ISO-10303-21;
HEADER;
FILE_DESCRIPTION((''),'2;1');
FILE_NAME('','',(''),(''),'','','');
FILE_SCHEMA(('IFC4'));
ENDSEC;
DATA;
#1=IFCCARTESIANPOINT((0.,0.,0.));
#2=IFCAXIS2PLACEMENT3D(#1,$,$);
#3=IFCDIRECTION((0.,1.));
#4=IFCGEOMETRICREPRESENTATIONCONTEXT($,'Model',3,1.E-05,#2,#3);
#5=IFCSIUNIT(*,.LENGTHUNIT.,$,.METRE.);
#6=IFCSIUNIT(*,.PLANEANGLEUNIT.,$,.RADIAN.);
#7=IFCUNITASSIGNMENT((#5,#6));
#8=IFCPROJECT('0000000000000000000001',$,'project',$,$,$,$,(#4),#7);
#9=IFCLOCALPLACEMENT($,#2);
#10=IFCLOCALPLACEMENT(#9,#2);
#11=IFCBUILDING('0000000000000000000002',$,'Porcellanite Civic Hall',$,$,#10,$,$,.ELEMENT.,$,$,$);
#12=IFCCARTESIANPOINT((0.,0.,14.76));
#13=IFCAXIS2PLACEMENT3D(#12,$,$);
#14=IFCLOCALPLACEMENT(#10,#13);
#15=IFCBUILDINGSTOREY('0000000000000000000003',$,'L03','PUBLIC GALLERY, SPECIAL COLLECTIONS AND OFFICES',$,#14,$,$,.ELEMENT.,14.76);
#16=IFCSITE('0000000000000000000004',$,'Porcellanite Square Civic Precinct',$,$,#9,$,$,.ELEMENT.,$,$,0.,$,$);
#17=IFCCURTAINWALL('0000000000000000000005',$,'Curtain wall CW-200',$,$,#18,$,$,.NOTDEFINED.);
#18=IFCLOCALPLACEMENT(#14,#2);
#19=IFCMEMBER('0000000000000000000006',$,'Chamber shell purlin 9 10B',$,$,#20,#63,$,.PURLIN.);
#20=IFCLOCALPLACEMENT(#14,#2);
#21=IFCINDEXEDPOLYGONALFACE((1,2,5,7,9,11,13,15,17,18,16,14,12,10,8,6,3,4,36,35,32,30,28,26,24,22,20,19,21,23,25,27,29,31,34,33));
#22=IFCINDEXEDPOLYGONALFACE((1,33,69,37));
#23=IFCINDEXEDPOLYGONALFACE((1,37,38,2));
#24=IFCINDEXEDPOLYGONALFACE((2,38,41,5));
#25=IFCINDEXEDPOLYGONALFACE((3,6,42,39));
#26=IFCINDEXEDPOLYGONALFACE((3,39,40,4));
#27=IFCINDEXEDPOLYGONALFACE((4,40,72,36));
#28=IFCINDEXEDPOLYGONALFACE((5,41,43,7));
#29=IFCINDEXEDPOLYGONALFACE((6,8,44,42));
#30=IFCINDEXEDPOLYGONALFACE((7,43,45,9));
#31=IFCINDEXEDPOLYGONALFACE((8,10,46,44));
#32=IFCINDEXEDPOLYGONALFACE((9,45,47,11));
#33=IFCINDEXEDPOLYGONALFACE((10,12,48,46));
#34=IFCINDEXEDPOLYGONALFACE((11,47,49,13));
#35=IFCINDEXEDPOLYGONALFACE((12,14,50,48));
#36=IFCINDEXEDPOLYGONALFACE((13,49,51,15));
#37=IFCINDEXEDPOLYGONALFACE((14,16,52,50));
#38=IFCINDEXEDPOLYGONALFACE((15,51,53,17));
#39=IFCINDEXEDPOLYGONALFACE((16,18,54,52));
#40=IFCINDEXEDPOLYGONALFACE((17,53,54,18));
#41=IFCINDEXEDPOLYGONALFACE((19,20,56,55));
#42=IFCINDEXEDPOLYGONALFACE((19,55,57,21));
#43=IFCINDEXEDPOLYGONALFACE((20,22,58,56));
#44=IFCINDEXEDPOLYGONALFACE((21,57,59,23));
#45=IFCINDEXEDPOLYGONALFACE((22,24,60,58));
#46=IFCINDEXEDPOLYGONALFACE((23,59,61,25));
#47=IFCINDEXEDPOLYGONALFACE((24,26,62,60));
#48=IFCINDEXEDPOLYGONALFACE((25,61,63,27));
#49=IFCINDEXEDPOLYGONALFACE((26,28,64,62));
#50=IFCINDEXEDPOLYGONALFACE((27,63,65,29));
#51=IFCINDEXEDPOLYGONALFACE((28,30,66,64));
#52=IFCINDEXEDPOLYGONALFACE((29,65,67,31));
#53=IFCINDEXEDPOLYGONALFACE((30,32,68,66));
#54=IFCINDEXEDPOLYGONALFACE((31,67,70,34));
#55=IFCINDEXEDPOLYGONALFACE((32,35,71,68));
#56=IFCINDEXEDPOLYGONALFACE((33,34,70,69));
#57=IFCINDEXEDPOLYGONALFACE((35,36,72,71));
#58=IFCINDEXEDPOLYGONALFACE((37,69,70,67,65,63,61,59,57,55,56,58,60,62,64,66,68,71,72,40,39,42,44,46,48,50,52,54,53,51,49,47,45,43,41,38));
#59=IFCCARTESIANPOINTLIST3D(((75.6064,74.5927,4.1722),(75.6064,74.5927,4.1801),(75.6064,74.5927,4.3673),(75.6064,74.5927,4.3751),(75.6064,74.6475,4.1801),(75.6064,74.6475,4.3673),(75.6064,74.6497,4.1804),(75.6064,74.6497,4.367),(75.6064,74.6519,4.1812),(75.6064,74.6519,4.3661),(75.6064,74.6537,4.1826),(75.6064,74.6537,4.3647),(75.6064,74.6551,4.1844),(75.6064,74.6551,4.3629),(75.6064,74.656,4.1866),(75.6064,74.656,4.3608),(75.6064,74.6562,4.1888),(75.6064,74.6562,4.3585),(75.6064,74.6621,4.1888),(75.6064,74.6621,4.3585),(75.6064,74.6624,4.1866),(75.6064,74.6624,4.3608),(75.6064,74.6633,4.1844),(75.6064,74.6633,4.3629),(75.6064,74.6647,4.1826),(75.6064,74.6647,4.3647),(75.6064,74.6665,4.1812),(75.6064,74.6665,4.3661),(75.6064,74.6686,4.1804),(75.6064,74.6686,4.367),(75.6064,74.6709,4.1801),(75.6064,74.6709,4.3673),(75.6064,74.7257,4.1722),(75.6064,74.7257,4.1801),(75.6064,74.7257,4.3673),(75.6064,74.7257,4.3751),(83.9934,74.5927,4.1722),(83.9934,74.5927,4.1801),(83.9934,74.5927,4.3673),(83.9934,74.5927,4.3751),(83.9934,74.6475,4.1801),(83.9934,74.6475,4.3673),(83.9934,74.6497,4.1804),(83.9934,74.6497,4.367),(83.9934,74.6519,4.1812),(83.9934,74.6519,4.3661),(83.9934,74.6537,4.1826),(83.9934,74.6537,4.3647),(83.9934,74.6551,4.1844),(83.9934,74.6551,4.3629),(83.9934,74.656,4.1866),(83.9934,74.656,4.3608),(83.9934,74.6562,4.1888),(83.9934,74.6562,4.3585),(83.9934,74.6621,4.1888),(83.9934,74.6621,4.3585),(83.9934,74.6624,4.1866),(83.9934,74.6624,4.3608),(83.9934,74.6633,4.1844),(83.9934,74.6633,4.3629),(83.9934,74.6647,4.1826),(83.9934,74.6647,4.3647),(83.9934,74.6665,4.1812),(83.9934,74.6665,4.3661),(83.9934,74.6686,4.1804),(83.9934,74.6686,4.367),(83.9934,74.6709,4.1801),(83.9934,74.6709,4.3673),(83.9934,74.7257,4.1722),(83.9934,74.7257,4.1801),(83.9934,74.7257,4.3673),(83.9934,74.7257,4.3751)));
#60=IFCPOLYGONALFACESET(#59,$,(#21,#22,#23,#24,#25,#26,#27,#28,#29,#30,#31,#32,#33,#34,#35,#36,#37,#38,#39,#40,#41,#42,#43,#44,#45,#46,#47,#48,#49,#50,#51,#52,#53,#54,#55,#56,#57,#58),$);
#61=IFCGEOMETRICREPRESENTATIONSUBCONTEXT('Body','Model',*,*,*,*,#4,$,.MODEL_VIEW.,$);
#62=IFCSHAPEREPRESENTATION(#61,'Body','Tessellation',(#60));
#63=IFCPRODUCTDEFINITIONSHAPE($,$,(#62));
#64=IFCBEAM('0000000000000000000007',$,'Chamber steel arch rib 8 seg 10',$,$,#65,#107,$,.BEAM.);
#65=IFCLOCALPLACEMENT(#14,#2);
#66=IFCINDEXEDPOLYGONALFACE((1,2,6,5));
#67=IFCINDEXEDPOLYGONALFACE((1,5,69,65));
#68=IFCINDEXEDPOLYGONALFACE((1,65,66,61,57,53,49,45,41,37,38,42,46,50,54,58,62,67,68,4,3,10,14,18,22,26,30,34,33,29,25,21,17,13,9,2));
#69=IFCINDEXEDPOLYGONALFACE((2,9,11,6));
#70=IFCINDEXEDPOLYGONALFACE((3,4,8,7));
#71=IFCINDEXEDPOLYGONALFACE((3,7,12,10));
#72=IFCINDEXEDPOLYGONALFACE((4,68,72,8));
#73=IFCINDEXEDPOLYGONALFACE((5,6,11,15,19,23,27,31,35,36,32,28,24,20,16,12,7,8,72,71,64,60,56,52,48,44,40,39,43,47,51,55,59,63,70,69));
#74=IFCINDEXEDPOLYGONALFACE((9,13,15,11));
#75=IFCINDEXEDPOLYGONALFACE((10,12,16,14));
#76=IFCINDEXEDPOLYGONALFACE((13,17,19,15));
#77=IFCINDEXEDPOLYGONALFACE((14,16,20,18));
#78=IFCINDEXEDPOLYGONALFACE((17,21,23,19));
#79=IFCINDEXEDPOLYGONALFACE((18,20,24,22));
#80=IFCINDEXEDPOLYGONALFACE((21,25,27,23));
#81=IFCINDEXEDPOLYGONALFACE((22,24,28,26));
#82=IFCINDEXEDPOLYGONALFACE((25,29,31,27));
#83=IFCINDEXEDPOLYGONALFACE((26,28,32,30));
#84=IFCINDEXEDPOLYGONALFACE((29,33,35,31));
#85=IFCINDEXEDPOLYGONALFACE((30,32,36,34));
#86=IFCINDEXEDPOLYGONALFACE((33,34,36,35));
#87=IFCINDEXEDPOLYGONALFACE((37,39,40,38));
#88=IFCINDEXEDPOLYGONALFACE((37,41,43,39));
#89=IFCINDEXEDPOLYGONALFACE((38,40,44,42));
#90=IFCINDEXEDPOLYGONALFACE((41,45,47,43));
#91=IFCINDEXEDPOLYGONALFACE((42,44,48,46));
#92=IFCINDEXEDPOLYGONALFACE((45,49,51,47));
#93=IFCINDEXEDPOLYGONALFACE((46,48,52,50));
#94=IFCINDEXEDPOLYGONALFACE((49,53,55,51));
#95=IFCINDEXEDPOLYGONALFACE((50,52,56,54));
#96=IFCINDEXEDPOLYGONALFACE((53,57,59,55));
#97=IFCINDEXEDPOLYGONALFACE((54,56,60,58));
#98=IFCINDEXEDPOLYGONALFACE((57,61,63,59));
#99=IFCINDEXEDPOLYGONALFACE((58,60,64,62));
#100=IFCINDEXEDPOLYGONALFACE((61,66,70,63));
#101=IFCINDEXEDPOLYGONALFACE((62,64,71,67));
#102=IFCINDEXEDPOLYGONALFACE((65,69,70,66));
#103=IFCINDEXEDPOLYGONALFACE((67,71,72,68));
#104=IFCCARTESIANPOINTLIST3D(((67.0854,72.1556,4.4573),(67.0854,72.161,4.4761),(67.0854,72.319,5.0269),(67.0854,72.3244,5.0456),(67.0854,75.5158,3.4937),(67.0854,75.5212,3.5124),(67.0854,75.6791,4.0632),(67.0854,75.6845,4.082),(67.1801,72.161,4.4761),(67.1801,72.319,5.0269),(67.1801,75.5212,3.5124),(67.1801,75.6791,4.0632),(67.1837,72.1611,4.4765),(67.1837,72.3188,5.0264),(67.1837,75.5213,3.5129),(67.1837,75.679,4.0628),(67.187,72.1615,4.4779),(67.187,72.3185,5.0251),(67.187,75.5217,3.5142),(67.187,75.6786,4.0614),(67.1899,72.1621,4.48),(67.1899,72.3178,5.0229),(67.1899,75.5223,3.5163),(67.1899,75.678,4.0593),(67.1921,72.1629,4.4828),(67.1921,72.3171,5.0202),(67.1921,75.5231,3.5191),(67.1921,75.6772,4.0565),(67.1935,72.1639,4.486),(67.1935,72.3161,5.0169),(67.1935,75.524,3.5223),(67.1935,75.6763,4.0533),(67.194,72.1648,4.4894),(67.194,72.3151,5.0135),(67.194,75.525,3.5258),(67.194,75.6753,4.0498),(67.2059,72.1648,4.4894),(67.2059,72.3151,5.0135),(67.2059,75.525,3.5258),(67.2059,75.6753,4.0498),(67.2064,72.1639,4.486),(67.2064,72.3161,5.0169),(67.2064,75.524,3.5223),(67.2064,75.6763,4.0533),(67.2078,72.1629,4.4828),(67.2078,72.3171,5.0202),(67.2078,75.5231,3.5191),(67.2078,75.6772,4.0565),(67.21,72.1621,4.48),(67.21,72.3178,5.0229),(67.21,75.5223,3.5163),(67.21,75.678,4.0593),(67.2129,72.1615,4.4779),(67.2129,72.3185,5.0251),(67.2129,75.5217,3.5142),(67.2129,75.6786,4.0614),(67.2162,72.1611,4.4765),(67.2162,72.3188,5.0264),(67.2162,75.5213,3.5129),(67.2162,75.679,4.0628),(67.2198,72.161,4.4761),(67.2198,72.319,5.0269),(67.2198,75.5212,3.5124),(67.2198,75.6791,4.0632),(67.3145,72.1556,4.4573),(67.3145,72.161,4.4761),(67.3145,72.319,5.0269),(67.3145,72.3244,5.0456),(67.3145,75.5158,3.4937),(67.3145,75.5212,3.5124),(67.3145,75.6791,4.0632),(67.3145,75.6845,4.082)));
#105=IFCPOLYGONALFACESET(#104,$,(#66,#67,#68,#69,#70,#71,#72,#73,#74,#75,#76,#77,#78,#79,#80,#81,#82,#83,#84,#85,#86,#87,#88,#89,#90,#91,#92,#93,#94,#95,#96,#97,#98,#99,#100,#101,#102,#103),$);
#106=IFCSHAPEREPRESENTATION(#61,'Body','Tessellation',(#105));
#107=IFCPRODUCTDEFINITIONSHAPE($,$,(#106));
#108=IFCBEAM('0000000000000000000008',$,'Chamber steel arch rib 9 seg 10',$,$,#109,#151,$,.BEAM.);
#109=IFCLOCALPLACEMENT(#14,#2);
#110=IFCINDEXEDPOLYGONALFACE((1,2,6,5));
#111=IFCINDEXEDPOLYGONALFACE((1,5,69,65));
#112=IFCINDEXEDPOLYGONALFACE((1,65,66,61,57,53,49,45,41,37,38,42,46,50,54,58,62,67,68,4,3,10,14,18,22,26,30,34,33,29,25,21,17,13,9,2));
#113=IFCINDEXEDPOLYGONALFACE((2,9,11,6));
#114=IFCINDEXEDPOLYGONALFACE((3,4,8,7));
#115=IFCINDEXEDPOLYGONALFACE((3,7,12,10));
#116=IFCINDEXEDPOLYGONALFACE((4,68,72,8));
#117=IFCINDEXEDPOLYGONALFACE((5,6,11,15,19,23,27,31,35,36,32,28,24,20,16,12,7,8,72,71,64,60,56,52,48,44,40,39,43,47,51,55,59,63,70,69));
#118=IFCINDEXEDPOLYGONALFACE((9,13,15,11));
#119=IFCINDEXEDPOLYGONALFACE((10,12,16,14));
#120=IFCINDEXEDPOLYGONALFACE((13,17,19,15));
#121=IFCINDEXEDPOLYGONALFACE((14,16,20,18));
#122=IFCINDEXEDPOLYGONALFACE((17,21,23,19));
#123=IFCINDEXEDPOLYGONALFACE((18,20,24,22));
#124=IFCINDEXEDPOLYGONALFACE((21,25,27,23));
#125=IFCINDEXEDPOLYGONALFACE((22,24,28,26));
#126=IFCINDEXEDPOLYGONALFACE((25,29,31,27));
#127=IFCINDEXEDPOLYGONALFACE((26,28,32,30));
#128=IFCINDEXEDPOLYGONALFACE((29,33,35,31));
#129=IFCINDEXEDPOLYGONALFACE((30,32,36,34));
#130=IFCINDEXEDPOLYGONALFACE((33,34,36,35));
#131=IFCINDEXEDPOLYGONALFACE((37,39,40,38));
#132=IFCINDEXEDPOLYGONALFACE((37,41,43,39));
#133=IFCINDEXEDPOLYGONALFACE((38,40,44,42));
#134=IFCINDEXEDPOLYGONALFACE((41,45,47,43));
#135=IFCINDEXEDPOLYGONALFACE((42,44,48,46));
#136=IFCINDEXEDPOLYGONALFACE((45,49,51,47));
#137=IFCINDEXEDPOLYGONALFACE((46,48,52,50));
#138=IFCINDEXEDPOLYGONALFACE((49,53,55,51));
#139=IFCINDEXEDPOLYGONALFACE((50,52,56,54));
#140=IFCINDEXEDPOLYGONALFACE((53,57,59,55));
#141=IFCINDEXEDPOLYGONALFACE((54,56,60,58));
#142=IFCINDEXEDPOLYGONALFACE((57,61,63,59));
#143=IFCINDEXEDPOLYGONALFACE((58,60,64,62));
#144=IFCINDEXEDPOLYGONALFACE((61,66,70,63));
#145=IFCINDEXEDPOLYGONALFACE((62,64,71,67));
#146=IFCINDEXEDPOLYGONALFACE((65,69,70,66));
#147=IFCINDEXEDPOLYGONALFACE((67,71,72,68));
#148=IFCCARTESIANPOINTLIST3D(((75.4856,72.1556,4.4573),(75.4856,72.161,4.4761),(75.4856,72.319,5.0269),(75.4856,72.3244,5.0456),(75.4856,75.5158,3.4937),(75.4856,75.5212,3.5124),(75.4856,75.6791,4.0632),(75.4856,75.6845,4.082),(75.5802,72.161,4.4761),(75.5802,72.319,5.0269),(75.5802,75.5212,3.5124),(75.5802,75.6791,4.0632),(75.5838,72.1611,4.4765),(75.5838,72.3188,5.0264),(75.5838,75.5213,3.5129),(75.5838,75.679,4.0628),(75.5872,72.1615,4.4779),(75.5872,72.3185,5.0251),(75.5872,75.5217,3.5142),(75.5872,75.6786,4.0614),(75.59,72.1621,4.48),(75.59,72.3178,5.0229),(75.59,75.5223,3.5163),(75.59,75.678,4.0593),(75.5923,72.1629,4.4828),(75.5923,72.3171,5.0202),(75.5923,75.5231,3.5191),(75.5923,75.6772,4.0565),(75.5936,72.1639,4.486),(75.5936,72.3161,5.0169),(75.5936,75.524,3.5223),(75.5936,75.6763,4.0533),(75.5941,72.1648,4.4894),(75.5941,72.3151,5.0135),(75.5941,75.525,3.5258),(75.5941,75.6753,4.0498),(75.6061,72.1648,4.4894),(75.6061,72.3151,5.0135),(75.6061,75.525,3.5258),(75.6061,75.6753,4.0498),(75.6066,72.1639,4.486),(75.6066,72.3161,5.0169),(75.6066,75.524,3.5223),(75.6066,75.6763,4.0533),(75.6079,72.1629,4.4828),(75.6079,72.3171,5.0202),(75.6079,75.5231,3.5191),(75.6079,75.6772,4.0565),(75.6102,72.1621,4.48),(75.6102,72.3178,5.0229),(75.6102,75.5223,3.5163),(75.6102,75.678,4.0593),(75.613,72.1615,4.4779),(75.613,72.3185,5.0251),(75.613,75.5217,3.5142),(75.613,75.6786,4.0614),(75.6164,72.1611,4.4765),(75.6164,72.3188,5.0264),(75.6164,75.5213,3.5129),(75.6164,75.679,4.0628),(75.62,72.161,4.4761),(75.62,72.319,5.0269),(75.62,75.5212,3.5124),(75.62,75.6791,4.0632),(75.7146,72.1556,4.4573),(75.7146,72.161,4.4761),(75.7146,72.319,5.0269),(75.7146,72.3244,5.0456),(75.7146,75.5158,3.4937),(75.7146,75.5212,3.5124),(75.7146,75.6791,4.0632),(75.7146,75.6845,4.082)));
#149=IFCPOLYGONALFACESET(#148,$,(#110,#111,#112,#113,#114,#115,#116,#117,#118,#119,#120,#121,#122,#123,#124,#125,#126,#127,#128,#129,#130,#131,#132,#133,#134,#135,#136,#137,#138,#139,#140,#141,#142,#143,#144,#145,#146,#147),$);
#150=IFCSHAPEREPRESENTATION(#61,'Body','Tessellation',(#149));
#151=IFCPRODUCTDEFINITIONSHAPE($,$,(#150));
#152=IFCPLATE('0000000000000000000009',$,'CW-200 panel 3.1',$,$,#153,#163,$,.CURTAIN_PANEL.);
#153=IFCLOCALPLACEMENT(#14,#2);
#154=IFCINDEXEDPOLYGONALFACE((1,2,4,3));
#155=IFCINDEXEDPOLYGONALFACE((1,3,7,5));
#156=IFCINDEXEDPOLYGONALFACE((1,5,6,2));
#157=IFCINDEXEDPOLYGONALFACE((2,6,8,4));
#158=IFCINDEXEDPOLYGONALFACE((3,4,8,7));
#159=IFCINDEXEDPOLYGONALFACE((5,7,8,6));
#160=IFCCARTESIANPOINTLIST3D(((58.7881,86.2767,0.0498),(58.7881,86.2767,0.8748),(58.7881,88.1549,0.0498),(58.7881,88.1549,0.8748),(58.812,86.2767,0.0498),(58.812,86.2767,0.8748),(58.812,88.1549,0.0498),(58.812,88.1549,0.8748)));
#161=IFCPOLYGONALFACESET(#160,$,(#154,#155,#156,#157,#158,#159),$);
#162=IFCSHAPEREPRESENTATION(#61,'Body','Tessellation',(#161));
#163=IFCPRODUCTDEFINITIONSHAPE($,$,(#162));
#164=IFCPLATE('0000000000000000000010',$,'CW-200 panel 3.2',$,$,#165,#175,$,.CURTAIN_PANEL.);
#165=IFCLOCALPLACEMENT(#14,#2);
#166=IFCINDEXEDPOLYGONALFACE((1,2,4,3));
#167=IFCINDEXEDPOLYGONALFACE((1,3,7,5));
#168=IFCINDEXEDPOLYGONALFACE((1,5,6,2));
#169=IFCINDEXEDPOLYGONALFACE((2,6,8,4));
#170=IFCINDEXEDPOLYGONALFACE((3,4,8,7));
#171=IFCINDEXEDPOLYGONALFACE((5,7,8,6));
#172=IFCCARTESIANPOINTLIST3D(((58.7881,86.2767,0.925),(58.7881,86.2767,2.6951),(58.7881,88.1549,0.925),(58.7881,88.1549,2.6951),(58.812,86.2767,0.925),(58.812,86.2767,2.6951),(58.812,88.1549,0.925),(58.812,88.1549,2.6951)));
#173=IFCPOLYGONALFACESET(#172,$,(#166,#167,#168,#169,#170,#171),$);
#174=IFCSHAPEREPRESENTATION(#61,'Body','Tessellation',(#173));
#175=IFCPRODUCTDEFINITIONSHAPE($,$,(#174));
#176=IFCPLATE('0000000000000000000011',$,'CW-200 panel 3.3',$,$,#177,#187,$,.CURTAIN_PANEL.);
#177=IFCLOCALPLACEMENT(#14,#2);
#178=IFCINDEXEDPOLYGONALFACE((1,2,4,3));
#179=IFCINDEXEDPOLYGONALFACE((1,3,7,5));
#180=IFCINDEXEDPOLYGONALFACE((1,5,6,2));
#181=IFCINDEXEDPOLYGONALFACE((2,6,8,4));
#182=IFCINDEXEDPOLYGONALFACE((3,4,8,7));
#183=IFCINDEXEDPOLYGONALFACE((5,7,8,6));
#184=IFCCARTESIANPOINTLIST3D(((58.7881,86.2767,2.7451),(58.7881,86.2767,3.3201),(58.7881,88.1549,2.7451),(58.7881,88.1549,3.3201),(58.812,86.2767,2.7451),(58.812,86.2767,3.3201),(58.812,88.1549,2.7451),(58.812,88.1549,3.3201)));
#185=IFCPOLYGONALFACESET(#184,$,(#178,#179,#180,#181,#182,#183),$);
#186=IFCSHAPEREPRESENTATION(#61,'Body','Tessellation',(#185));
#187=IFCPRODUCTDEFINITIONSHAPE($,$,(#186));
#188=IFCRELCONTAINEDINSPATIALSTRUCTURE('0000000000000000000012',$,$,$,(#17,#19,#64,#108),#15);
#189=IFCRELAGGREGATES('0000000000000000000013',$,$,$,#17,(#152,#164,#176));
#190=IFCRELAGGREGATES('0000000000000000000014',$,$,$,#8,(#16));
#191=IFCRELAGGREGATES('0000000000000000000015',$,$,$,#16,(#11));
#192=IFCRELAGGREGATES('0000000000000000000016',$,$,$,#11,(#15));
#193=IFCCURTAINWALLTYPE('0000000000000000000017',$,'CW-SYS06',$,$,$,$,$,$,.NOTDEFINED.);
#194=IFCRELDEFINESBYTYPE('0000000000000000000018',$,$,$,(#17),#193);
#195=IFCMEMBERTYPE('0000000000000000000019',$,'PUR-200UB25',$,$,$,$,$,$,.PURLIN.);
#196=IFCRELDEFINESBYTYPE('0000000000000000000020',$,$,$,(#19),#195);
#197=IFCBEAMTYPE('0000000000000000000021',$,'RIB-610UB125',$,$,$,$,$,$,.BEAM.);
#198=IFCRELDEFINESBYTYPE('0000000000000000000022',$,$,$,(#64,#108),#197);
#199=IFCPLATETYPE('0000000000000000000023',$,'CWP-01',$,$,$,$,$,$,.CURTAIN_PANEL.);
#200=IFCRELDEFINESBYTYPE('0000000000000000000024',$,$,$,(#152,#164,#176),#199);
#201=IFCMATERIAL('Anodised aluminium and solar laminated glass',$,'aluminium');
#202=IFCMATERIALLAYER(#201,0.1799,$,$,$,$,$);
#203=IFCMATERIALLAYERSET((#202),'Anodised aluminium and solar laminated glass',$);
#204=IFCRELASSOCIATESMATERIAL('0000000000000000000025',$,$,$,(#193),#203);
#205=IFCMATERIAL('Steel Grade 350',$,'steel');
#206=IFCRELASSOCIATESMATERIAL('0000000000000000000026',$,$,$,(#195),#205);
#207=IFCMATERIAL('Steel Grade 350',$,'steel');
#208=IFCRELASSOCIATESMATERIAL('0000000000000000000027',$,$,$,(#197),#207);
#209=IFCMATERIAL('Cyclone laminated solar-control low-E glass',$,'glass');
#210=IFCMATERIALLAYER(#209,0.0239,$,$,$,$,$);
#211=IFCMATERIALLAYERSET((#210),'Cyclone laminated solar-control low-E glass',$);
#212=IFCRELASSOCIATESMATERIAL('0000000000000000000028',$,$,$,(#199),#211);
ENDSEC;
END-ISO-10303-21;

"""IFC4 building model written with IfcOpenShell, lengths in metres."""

from ifc_helpers import new_model, si_unit, direction, frame, origin, origin_2d, place, context, subcontext, project, spatial, rectangle, i_section, extrude, material, layer, layer_set, material_profile, profile_set, type_object, element, aggregate, save


model = new_model("IFC4")

# Units and contexts
model_context = context("Model", 3, precision=1e-05, world=origin(), true_north=direction((0.0, 1.0)))
body_context = subcontext(model_context, "Body", "Model", "MODEL_VIEW")
ifc_project = project(units=[si_unit("LENGTHUNIT", "METRE"), si_unit("PLANEANGLEUNIT", "RADIAN")], contexts=[model_context])

# Site, building, storey
site_placement = place(None, origin())
site = spatial("IfcSite", under=ifc_project, at=site_placement, Name="Porcellanite Square Civic Precinct", CompositionType="ELEMENT", RefElevation=0.0)
building_placement = place(site_placement, origin())
building = spatial("IfcBuilding", under=site, at=building_placement, Name="Porcellanite Civic Hall", CompositionType="ELEMENT")
storey_placement = place(building_placement, frame((0.0, 0.0, 14.76)))
storey = spatial("IfcBuildingStorey", under=building, at=storey_placement, Name="L03", Description="PUBLIC GALLERY, SPECIAL COLLECTIONS AND OFFICES", CompositionType="ELEMENT", Elevation=14.76)

# Curtain wall
ifc_material_1 = material(Name="Anodised aluminium and solar laminated glass", Category="aluminium")
ifc_layer_1 = layer(ifc_material_1, 0.1799)
ifc_layer_set_1 = layer_set([ifc_layer_1], Name="Anodised aluminium and solar laminated glass")
curtain_wall_type = type_object("IfcCurtainWallType", Name="CW-SYS06", PredefinedType="NOTDEFINED", material=ifc_layer_set_1)
curtain_wall_placement = place(storey_placement, origin())
curtain_wall = element("IfcCurtainWall", 1, at=curtain_wall_placement, inside=storey, type_object=curtain_wall_type, Name="Curtain wall CW-200", PredefinedType="NOTDEFINED")

# Member
ifc_material_2 = material(Name="Steel Grade 350", Category="steel")
ifc_material_profile_1 = material_profile(ifc_material_2, i_section(OverallWidth=0.1331, OverallDepth=0.2029, WebThickness=0.0059, FlangeThickness=0.0078, FilletRadius=0.0088, at=origin_2d()), Name="200UB25.4")
ifc_profile_set_1 = profile_set([ifc_material_profile_1], Name="Steel Grade 350")
member_type_1 = type_object("IfcMemberType", Name="PUR-200UB25", PredefinedType="PURLIN", material=ifc_profile_set_1)
for number, where, z_axis, x_axis, name in (
    (2, (75.6064, 74.6592, 4.2737), (1.0, 0.0, 0.0), (0.0, 1.0, 0.0), "Chamber shell purlin 9 10B"),
):
    element("IfcMember", number, at=place(storey_placement, frame(where, z_axis=z_axis, x_axis=x_axis)), inside=storey, type_object=member_type_1, Name=name, PredefinedType="PURLIN", context=body_context, shape_type="SweptSolid", body=[
        extrude(i_section(OverallWidth=0.1331, OverallDepth=0.2029, WebThickness=0.0059, FlangeThickness=0.0078, FilletRadius=0.0088, at=origin_2d()), origin(), (0.0, 0.0, 1.0), 8.387),
    ])

# Beams
ifc_material_3 = material(Name="Steel Grade 350", Category="steel")
ifc_material_profile_2 = material_profile(ifc_material_3, i_section(OverallWidth=0.229, OverallDepth=0.6121, WebThickness=0.012, FlangeThickness=0.0195, FilletRadius=0.0139, at=origin_2d()), Name="610UB125")
ifc_profile_set_2 = profile_set([ifc_material_profile_2], Name="Steel Grade 350")
beam_type_1 = type_object("IfcBeamType", Name="RIB-610UB125", PredefinedType="BEAM", material=ifc_profile_set_2)
for number, where, z_axis, x_axis, name in (
    (3, (67.2, 72.24, 4.7515), (0.0, 0.961252, -0.275671), (-1.0, 0.0, 0.0), "Chamber steel arch rib 8 seg 10"),
    (4, (75.6001, 72.24, 4.7515), (0.0, 0.961252, -0.275671), (-1.0, 0.0, 0.0), "Chamber steel arch rib 9 seg 10"),
):
    element("IfcBeam", number, at=place(storey_placement, frame(where, z_axis=z_axis, x_axis=x_axis)), inside=storey, type_object=beam_type_1, Name=name, PredefinedType="BEAM", context=body_context, shape_type="SweptSolid", body=[
        extrude(i_section(OverallWidth=0.229, OverallDepth=0.6121, WebThickness=0.012, FlangeThickness=0.0195, FilletRadius=0.0139, at=origin_2d()), origin(), (0.0, 0.0, 1.0), 3.4956),
    ])

# Plates
ifc_material_4 = material(Name="Cyclone laminated solar-control low-E glass", Category="glass")
ifc_layer_2 = layer(ifc_material_4, 0.0239)
ifc_layer_set_2 = layer_set([ifc_layer_2], Name="Cyclone laminated solar-control low-E glass")
plate_type = type_object("IfcPlateType", Name="CWP-01", PredefinedType="CURTAIN_PANEL", material=ifc_layer_set_2)
plate_1_placement = place(storey_placement, frame((58.8, 87.2158, 0.0498), z_axis=(0.0, 0.0, 1.0), x_axis=(0.0, -1.0, 0.0)))
plate_1 = element("IfcPlate", 5, at=plate_1_placement, type_object=plate_type, Name="CW-200 panel 3.1", PredefinedType="CURTAIN_PANEL", context=body_context, shape_type="SweptSolid", body=[
    extrude(rectangle(XDim=1.8782, YDim=0.0239, at=origin_2d()), origin(), (0.0, 0.0, 1.0), 0.825),
])
plate_2_placement = place(storey_placement, frame((58.8, 87.2158, 0.925), z_axis=(0.0, 0.0, 1.0), x_axis=(0.0, -1.0, 0.0)))
plate_2 = element("IfcPlate", 6, at=plate_2_placement, type_object=plate_type, Name="CW-200 panel 3.2", PredefinedType="CURTAIN_PANEL", context=body_context, shape_type="SweptSolid", body=[
    extrude(rectangle(XDim=1.8782, YDim=0.0239, at=origin_2d()), origin(), (0.0, 0.0, 1.0), 1.77),
])
plate_3_placement = place(storey_placement, frame((58.8, 87.2158, 2.7451), z_axis=(0.0, 0.0, 1.0), x_axis=(0.0, -1.0, 0.0)))
plate_3 = element("IfcPlate", 7, at=plate_3_placement, type_object=plate_type, Name="CW-200 panel 3.3", PredefinedType="CURTAIN_PANEL", context=body_context, shape_type="SweptSolid", body=[
    extrude(rectangle(XDim=1.8782, YDim=0.0239, at=origin_2d()), origin(), (0.0, 0.0, 1.0), 0.575),
])
aggregate(curtain_wall, [plate_1, plate_2, plate_3])

save(model, "model.ifc")
